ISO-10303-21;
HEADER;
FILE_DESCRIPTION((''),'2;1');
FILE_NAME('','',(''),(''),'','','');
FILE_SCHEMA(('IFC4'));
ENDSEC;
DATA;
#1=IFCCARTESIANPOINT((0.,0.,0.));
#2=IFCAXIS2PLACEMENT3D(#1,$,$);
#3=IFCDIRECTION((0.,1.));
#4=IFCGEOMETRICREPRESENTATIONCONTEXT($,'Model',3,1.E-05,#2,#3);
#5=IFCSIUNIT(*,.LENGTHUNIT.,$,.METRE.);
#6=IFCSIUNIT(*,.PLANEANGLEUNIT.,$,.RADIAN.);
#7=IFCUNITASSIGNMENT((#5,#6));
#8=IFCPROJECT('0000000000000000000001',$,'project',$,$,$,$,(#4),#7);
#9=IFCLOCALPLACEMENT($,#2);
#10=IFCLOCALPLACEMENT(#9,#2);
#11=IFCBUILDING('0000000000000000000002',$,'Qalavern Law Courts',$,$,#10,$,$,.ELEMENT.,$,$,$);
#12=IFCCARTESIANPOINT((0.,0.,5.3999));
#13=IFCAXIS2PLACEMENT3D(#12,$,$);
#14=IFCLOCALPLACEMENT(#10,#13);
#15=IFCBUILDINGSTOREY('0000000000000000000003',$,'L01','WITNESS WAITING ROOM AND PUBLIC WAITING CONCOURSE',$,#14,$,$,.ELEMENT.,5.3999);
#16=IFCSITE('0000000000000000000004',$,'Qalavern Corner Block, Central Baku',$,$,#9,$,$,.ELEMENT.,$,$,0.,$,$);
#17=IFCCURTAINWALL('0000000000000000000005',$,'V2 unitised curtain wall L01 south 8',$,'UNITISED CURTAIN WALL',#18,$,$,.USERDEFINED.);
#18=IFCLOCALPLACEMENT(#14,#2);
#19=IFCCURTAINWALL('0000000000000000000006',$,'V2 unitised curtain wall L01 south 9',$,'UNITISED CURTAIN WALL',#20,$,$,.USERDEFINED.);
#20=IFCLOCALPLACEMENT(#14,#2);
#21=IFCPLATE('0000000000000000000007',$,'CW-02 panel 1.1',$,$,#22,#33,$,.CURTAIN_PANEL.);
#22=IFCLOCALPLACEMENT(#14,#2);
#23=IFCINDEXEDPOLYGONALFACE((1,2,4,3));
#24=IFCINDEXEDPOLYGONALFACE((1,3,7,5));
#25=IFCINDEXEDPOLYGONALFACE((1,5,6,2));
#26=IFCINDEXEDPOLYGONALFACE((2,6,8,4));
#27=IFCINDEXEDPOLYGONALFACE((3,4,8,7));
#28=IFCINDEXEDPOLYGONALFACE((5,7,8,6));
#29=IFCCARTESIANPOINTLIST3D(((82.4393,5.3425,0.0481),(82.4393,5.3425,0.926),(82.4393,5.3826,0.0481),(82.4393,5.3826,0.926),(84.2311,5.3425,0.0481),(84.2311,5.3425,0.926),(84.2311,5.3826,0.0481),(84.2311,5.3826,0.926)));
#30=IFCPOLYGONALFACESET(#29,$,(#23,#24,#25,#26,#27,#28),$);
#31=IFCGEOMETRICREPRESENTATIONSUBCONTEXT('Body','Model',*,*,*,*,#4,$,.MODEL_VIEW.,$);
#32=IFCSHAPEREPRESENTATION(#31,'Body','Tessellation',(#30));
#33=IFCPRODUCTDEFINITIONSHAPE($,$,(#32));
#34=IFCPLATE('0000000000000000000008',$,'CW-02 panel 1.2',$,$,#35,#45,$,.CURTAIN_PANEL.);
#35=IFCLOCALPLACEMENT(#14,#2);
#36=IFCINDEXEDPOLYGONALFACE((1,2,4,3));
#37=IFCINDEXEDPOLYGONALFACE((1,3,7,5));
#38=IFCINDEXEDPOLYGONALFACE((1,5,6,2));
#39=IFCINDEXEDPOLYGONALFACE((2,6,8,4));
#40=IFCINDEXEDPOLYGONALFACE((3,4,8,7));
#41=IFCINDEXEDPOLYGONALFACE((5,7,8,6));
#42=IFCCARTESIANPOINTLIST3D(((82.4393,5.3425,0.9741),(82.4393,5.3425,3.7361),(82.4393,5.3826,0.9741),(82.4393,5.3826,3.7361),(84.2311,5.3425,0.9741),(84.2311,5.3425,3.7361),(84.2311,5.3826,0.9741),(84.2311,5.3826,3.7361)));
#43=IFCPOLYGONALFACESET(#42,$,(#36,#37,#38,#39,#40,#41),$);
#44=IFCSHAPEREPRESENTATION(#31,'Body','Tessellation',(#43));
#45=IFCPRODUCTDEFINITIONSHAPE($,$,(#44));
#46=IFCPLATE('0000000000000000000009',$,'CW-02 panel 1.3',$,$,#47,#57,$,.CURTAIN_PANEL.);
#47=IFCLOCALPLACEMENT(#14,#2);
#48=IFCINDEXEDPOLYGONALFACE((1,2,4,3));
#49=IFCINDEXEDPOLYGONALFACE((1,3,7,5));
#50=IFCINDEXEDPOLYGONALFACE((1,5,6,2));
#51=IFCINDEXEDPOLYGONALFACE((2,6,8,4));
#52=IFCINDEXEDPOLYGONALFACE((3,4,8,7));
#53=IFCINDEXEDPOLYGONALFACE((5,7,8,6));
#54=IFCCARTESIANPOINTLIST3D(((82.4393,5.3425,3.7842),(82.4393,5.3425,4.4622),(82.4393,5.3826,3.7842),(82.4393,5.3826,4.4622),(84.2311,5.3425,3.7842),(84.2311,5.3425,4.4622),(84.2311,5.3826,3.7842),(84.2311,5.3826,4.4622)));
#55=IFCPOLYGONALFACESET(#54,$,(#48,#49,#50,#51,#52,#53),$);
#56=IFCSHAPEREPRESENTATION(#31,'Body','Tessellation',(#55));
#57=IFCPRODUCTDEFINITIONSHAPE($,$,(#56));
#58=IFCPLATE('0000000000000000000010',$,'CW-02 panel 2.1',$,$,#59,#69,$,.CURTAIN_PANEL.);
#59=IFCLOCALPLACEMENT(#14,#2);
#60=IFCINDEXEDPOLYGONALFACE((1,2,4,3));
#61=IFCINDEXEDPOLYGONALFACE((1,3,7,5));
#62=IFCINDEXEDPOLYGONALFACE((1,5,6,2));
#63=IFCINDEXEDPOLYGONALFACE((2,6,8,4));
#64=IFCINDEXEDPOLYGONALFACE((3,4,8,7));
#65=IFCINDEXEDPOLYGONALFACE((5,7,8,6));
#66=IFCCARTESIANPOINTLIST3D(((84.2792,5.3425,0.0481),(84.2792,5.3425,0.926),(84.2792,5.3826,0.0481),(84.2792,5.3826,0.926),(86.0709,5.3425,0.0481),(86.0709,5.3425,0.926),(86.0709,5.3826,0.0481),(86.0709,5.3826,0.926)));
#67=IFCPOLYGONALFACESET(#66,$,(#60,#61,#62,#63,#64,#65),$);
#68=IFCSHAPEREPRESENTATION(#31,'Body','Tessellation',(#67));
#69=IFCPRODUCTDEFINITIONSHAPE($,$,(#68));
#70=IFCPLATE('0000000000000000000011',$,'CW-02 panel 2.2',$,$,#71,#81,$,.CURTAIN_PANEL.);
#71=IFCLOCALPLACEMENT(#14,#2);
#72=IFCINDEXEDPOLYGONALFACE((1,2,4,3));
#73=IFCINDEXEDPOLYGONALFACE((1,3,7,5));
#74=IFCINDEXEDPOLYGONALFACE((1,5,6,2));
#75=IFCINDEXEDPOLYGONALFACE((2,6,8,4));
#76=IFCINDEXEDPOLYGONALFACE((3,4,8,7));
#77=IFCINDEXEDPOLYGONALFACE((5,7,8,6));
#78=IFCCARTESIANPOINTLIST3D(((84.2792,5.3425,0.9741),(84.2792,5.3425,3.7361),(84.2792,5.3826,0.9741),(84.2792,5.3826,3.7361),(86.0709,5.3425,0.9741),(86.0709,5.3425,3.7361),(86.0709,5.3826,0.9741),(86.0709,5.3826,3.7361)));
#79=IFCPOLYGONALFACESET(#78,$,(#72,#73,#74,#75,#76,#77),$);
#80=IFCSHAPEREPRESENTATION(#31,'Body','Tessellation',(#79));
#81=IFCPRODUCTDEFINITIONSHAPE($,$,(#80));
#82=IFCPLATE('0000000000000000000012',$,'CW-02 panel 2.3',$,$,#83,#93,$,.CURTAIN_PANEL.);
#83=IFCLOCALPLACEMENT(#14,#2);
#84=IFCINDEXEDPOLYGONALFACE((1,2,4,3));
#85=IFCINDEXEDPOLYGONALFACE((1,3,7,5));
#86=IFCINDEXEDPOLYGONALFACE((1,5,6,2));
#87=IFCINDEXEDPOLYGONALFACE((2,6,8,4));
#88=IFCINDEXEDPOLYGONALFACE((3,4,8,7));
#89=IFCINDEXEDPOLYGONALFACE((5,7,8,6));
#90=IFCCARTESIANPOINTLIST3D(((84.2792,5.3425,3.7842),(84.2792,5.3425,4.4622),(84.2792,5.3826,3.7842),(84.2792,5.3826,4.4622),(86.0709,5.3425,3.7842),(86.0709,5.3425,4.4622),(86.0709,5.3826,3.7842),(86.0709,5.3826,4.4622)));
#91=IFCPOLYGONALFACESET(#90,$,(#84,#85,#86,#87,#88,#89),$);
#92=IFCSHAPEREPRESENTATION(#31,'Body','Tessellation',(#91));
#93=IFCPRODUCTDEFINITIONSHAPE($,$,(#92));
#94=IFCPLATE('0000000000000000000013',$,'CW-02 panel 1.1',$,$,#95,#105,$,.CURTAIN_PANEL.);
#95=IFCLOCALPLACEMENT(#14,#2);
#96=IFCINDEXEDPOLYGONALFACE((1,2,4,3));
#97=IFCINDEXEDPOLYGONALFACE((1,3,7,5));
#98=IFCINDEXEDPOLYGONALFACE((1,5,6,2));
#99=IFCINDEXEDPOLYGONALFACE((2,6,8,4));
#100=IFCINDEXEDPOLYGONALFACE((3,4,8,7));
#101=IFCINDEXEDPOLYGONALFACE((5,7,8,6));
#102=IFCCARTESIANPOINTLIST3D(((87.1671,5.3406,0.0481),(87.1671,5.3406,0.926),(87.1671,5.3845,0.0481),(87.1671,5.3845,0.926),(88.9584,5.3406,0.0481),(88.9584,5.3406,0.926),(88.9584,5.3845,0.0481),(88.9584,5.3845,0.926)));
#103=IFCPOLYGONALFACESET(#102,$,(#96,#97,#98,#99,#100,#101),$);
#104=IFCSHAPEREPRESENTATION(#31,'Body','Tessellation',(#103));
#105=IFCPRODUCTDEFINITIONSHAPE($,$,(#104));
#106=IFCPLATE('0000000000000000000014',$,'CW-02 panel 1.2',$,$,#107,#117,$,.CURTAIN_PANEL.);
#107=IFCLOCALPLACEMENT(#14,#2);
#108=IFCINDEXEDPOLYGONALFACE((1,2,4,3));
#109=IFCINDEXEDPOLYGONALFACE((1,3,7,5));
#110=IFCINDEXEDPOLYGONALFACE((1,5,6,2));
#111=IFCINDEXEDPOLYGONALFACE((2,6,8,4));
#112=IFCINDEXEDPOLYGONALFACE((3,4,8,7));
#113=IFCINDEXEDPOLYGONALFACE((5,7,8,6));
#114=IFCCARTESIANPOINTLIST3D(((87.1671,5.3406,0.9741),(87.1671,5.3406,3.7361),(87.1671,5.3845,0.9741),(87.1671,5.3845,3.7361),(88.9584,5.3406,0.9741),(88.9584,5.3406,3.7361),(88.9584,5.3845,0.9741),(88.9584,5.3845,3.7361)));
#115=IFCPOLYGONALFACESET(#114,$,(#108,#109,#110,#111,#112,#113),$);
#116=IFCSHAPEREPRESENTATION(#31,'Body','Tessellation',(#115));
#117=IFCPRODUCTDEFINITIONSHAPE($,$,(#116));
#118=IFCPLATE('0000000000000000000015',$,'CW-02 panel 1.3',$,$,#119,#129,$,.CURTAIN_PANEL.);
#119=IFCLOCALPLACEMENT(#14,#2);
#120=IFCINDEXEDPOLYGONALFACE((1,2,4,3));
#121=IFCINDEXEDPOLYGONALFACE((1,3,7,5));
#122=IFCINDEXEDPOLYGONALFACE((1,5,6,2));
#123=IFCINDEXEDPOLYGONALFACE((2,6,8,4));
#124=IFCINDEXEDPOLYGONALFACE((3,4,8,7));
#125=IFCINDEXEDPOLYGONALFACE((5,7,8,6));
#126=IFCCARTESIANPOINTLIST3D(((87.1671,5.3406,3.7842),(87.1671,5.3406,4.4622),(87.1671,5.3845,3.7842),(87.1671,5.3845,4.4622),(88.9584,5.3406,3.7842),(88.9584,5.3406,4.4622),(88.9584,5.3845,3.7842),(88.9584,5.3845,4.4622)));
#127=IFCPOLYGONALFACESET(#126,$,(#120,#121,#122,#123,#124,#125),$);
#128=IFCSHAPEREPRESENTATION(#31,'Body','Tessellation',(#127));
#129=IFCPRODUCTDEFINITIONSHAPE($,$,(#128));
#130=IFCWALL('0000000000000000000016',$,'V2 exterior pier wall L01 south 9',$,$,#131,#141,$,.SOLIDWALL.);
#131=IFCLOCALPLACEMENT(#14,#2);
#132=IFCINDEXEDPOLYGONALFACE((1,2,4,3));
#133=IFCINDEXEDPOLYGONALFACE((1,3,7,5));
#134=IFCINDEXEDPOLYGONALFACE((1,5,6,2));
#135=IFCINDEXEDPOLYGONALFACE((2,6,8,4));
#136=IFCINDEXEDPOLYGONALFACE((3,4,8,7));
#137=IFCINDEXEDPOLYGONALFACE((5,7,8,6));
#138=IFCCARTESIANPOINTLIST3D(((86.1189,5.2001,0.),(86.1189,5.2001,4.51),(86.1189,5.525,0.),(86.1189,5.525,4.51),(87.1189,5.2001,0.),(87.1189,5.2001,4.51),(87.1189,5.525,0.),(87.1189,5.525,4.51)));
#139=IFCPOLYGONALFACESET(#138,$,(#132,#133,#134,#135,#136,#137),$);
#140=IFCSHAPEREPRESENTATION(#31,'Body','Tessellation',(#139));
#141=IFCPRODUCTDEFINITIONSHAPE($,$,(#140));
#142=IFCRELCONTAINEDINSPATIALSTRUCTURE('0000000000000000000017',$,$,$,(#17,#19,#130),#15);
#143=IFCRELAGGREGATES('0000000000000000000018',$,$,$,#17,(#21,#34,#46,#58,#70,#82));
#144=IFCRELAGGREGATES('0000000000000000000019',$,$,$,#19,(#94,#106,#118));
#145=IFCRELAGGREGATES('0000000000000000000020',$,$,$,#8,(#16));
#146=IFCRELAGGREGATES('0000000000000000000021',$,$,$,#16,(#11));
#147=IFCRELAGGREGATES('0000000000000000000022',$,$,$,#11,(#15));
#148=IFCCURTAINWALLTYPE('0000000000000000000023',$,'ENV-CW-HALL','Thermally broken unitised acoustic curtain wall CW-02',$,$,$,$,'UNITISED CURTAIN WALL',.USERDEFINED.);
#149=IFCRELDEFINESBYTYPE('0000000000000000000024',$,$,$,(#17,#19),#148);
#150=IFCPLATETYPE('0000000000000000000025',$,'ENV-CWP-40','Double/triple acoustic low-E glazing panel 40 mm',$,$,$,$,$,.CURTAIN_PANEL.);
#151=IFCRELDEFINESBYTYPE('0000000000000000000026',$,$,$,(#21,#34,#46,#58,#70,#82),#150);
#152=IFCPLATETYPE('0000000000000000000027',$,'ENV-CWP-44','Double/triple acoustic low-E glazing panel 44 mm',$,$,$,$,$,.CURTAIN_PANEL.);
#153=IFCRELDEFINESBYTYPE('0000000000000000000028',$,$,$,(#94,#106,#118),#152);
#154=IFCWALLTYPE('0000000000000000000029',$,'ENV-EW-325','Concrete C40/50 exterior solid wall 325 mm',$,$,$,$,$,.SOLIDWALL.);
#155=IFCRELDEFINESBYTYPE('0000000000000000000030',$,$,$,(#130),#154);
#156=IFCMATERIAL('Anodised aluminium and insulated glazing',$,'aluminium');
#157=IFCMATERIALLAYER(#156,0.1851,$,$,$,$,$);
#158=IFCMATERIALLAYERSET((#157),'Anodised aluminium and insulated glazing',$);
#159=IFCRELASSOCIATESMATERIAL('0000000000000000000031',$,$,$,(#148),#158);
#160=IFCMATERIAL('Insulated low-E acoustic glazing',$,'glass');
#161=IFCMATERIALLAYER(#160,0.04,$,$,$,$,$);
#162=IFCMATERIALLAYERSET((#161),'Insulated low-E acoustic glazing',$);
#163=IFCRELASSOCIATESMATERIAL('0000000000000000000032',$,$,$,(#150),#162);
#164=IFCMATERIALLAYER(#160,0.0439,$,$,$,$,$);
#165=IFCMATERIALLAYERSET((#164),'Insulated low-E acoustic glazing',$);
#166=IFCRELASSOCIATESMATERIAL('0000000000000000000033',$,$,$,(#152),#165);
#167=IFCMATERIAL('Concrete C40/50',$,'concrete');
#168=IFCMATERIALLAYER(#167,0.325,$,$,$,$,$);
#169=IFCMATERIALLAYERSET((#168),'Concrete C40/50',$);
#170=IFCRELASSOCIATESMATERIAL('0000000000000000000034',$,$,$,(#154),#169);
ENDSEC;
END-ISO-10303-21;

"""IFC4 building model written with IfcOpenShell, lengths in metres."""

from ifc_helpers import new_model, si_unit, direction, frame, frame_2d, origin, origin_2d, place, context, subcontext, project, spatial, rectangle, extrude, material, layer, layer_set, type_object, element, aggregate, save


model = new_model("IFC4")

# Units and contexts
model_context = context("Model", 3, precision=1e-05, world=origin(), true_north=direction((0.0, 1.0)))
body_context = subcontext(model_context, "Body", "Model", "MODEL_VIEW")
ifc_project = project(units=[si_unit("LENGTHUNIT", "METRE"), si_unit("PLANEANGLEUNIT", "RADIAN")], contexts=[model_context])

# Site, building, storey
site_placement = place(None, origin())
site = spatial("IfcSite", under=ifc_project, at=site_placement, Name="Qalavern Corner Block, Central Baku", CompositionType="ELEMENT", RefElevation=0.0)
building_placement = place(site_placement, origin())
building = spatial("IfcBuilding", under=site, at=building_placement, Name="Qalavern Law Courts", CompositionType="ELEMENT")
storey_placement = place(building_placement, frame((0.0, 0.0, 5.3999)))
storey = spatial("IfcBuildingStorey", under=building, at=storey_placement, Name="L01", Description="WITNESS WAITING ROOM AND PUBLIC WAITING CONCOURSE", CompositionType="ELEMENT", Elevation=5.3999)

# Curtain wall
ifc_material_1 = material(Name="Anodised aluminium and insulated glazing", Category="aluminium")
ifc_layer_1 = layer(ifc_material_1, 0.1851)
ifc_layer_set_1 = layer_set([ifc_layer_1], Name="Anodised aluminium and insulated glazing")
curtain_wall_type = type_object("IfcCurtainWallType", Name="ENV-CW-HALL", Description="Thermally broken unitised acoustic curtain wall CW-02", ElementType="UNITISED CURTAIN WALL", PredefinedType="USERDEFINED", material=ifc_layer_set_1)
curtain_wall_1_placement = place(storey_placement, origin())
curtain_wall_1 = element("IfcCurtainWall", 1, at=curtain_wall_1_placement, inside=storey, type_object=curtain_wall_type, Name="V2 unitised curtain wall L01 south 8", ObjectType="UNITISED CURTAIN WALL", PredefinedType="USERDEFINED")

# Curtain wall
curtain_wall_2_placement = place(storey_placement, origin())
curtain_wall_2 = element("IfcCurtainWall", 2, at=curtain_wall_2_placement, inside=storey, type_object=curtain_wall_type, Name="V2 unitised curtain wall L01 south 9", ObjectType="UNITISED CURTAIN WALL", PredefinedType="USERDEFINED")

# Plates
ifc_material_2 = material(Name="Insulated low-E acoustic glazing", Category="glass")
ifc_layer_2 = layer(ifc_material_2, 0.04)
ifc_layer_set_2 = layer_set([ifc_layer_2], Name="Insulated low-E acoustic glazing")
plate_type_1 = type_object("IfcPlateType", Name="ENV-CWP-40", Description="Double/triple acoustic low-E glazing panel 40 mm", PredefinedType="CURTAIN_PANEL", material=ifc_layer_set_2)
plate_1_placement = place(storey_placement, frame((83.3352, 5.3625, 0.0481), z_axis=(0.0, 0.0, 1.0), x_axis=(1.0, 0.0, 0.0)))
plate_1 = element("IfcPlate", 3, at=plate_1_placement, type_object=plate_type_1, Name="CW-02 panel 1.1", PredefinedType="CURTAIN_PANEL", context=body_context, shape_type="SweptSolid", body=[
    extrude(rectangle(XDim=1.7917, YDim=0.04, at=origin_2d()), origin(), (0.0, 0.0, 1.0), 0.8779),
])
plate_2_placement = place(storey_placement, frame((83.3352, 5.3625, 0.9741), z_axis=(0.0, 0.0, 1.0), x_axis=(1.0, 0.0, 0.0)))
plate_2 = element("IfcPlate", 4, at=plate_2_placement, type_object=plate_type_1, Name="CW-02 panel 1.2", PredefinedType="CURTAIN_PANEL", context=body_context, shape_type="SweptSolid", body=[
    extrude(rectangle(XDim=1.7917, YDim=0.04, at=origin_2d()), origin(), (0.0, 0.0, 1.0), 2.762),
])
plate_3_placement = place(storey_placement, frame((83.3352, 5.3625, 3.7842), z_axis=(0.0, 0.0, 1.0), x_axis=(1.0, 0.0, 0.0)))
plate_3 = element("IfcPlate", 5, at=plate_3_placement, type_object=plate_type_1, Name="CW-02 panel 1.3", PredefinedType="CURTAIN_PANEL", context=body_context, shape_type="SweptSolid", body=[
    extrude(rectangle(XDim=1.7917, YDim=0.04, at=origin_2d()), origin(), (0.0, 0.0, 1.0), 0.678),
])
plate_4_placement = place(storey_placement, frame((85.175, 5.3625, 0.0481), z_axis=(0.0, 0.0, 1.0), x_axis=(1.0, 0.0, 0.0)))
plate_4 = element("IfcPlate", 6, at=plate_4_placement, type_object=plate_type_1, Name="CW-02 panel 2.1", PredefinedType="CURTAIN_PANEL", context=body_context, shape_type="SweptSolid", body=[
    extrude(rectangle(XDim=1.7917, YDim=0.04, at=origin_2d()), origin(), (0.0, 0.0, 1.0), 0.8779),
])
plate_5_placement = place(storey_placement, frame((85.175, 5.3625, 0.9741), z_axis=(0.0, 0.0, 1.0), x_axis=(1.0, 0.0, 0.0)))
plate_5 = element("IfcPlate", 7, at=plate_5_placement, type_object=plate_type_1, Name="CW-02 panel 2.2", PredefinedType="CURTAIN_PANEL", context=body_context, shape_type="SweptSolid", body=[
    extrude(rectangle(XDim=1.7917, YDim=0.04, at=origin_2d()), origin(), (0.0, 0.0, 1.0), 2.762),
])
plate_6_placement = place(storey_placement, frame((85.175, 5.3625, 3.7842), z_axis=(0.0, 0.0, 1.0), x_axis=(1.0, 0.0, 0.0)))
plate_6 = element("IfcPlate", 8, at=plate_6_placement, type_object=plate_type_1, Name="CW-02 panel 2.3", PredefinedType="CURTAIN_PANEL", context=body_context, shape_type="SweptSolid", body=[
    extrude(rectangle(XDim=1.7917, YDim=0.04, at=origin_2d()), origin(), (0.0, 0.0, 1.0), 0.678),
])
aggregate(curtain_wall_1, [plate_1, plate_2, plate_3, plate_4, plate_5, plate_6])
ifc_layer_3 = layer(ifc_material_2, 0.0439)
ifc_layer_set_3 = layer_set([ifc_layer_3], Name="Insulated low-E acoustic glazing")
plate_type_2 = type_object("IfcPlateType", Name="ENV-CWP-44", Description="Double/triple acoustic low-E glazing panel 44 mm", PredefinedType="CURTAIN_PANEL", material=ifc_layer_set_3)
plate_7_placement = place(storey_placement, frame((88.0627, 5.3625, 0.0481), z_axis=(0.0, 0.0, 1.0), x_axis=(1.0, 0.0, 0.0)))
plate_7 = element("IfcPlate", 9, at=plate_7_placement, type_object=plate_type_2, Name="CW-02 panel 1.1", PredefinedType="CURTAIN_PANEL", context=body_context, shape_type="SweptSolid", body=[
    extrude(rectangle(XDim=1.7913, YDim=0.0439, at=origin_2d()), origin(), (0.0, 0.0, 1.0), 0.8779),
])
plate_8_placement = place(storey_placement, frame((88.0627, 5.3625, 0.9741), z_axis=(0.0, 0.0, 1.0), x_axis=(1.0, 0.0, 0.0)))
plate_8 = element("IfcPlate", 10, at=plate_8_placement, type_object=plate_type_2, Name="CW-02 panel 1.2", PredefinedType="CURTAIN_PANEL", context=body_context, shape_type="SweptSolid", body=[
    extrude(rectangle(XDim=1.7913, YDim=0.0439, at=origin_2d()), origin(), (0.0, 0.0, 1.0), 2.762),
])
plate_9_placement = place(storey_placement, frame((88.0627, 5.3625, 3.7842), z_axis=(0.0, 0.0, 1.0), x_axis=(1.0, 0.0, 0.0)))
plate_9 = element("IfcPlate", 11, at=plate_9_placement, type_object=plate_type_2, Name="CW-02 panel 1.3", PredefinedType="CURTAIN_PANEL", context=body_context, shape_type="SweptSolid", body=[
    extrude(rectangle(XDim=1.7913, YDim=0.0439, at=origin_2d()), origin(), (0.0, 0.0, 1.0), 0.678),
])
aggregate(curtain_wall_2, [plate_7, plate_8, plate_9])

# Wall
ifc_material_3 = material(Name="Concrete C40/50", Category="concrete")
ifc_layer_4 = layer(ifc_material_3, 0.325)
ifc_layer_set_4 = layer_set([ifc_layer_4], Name="Concrete C40/50")
wall_type = type_object("IfcWallType", Name="ENV-EW-325", Description="Concrete C40/50 exterior solid wall 325 mm", PredefinedType="SOLIDWALL", material=ifc_layer_set_4)
wall_placement = place(storey_placement, frame((86.1189, 5.3625, 0.0), z_axis=(0.0, 0.0, 1.0), x_axis=(1.0, 0.0, 0.0)))
element("IfcWall", 12, at=wall_placement, inside=storey, type_object=wall_type, Name="V2 exterior pier wall L01 south 9", PredefinedType="SOLIDWALL", context=body_context, shape_type="SweptSolid", body=[
    extrude(rectangle(XDim=1.0, YDim=0.325, at=frame_2d((0.5, 0.0))), origin(), (0.0, 0.0, 1.0), 4.51),
])

save(model, "model.ifc")
